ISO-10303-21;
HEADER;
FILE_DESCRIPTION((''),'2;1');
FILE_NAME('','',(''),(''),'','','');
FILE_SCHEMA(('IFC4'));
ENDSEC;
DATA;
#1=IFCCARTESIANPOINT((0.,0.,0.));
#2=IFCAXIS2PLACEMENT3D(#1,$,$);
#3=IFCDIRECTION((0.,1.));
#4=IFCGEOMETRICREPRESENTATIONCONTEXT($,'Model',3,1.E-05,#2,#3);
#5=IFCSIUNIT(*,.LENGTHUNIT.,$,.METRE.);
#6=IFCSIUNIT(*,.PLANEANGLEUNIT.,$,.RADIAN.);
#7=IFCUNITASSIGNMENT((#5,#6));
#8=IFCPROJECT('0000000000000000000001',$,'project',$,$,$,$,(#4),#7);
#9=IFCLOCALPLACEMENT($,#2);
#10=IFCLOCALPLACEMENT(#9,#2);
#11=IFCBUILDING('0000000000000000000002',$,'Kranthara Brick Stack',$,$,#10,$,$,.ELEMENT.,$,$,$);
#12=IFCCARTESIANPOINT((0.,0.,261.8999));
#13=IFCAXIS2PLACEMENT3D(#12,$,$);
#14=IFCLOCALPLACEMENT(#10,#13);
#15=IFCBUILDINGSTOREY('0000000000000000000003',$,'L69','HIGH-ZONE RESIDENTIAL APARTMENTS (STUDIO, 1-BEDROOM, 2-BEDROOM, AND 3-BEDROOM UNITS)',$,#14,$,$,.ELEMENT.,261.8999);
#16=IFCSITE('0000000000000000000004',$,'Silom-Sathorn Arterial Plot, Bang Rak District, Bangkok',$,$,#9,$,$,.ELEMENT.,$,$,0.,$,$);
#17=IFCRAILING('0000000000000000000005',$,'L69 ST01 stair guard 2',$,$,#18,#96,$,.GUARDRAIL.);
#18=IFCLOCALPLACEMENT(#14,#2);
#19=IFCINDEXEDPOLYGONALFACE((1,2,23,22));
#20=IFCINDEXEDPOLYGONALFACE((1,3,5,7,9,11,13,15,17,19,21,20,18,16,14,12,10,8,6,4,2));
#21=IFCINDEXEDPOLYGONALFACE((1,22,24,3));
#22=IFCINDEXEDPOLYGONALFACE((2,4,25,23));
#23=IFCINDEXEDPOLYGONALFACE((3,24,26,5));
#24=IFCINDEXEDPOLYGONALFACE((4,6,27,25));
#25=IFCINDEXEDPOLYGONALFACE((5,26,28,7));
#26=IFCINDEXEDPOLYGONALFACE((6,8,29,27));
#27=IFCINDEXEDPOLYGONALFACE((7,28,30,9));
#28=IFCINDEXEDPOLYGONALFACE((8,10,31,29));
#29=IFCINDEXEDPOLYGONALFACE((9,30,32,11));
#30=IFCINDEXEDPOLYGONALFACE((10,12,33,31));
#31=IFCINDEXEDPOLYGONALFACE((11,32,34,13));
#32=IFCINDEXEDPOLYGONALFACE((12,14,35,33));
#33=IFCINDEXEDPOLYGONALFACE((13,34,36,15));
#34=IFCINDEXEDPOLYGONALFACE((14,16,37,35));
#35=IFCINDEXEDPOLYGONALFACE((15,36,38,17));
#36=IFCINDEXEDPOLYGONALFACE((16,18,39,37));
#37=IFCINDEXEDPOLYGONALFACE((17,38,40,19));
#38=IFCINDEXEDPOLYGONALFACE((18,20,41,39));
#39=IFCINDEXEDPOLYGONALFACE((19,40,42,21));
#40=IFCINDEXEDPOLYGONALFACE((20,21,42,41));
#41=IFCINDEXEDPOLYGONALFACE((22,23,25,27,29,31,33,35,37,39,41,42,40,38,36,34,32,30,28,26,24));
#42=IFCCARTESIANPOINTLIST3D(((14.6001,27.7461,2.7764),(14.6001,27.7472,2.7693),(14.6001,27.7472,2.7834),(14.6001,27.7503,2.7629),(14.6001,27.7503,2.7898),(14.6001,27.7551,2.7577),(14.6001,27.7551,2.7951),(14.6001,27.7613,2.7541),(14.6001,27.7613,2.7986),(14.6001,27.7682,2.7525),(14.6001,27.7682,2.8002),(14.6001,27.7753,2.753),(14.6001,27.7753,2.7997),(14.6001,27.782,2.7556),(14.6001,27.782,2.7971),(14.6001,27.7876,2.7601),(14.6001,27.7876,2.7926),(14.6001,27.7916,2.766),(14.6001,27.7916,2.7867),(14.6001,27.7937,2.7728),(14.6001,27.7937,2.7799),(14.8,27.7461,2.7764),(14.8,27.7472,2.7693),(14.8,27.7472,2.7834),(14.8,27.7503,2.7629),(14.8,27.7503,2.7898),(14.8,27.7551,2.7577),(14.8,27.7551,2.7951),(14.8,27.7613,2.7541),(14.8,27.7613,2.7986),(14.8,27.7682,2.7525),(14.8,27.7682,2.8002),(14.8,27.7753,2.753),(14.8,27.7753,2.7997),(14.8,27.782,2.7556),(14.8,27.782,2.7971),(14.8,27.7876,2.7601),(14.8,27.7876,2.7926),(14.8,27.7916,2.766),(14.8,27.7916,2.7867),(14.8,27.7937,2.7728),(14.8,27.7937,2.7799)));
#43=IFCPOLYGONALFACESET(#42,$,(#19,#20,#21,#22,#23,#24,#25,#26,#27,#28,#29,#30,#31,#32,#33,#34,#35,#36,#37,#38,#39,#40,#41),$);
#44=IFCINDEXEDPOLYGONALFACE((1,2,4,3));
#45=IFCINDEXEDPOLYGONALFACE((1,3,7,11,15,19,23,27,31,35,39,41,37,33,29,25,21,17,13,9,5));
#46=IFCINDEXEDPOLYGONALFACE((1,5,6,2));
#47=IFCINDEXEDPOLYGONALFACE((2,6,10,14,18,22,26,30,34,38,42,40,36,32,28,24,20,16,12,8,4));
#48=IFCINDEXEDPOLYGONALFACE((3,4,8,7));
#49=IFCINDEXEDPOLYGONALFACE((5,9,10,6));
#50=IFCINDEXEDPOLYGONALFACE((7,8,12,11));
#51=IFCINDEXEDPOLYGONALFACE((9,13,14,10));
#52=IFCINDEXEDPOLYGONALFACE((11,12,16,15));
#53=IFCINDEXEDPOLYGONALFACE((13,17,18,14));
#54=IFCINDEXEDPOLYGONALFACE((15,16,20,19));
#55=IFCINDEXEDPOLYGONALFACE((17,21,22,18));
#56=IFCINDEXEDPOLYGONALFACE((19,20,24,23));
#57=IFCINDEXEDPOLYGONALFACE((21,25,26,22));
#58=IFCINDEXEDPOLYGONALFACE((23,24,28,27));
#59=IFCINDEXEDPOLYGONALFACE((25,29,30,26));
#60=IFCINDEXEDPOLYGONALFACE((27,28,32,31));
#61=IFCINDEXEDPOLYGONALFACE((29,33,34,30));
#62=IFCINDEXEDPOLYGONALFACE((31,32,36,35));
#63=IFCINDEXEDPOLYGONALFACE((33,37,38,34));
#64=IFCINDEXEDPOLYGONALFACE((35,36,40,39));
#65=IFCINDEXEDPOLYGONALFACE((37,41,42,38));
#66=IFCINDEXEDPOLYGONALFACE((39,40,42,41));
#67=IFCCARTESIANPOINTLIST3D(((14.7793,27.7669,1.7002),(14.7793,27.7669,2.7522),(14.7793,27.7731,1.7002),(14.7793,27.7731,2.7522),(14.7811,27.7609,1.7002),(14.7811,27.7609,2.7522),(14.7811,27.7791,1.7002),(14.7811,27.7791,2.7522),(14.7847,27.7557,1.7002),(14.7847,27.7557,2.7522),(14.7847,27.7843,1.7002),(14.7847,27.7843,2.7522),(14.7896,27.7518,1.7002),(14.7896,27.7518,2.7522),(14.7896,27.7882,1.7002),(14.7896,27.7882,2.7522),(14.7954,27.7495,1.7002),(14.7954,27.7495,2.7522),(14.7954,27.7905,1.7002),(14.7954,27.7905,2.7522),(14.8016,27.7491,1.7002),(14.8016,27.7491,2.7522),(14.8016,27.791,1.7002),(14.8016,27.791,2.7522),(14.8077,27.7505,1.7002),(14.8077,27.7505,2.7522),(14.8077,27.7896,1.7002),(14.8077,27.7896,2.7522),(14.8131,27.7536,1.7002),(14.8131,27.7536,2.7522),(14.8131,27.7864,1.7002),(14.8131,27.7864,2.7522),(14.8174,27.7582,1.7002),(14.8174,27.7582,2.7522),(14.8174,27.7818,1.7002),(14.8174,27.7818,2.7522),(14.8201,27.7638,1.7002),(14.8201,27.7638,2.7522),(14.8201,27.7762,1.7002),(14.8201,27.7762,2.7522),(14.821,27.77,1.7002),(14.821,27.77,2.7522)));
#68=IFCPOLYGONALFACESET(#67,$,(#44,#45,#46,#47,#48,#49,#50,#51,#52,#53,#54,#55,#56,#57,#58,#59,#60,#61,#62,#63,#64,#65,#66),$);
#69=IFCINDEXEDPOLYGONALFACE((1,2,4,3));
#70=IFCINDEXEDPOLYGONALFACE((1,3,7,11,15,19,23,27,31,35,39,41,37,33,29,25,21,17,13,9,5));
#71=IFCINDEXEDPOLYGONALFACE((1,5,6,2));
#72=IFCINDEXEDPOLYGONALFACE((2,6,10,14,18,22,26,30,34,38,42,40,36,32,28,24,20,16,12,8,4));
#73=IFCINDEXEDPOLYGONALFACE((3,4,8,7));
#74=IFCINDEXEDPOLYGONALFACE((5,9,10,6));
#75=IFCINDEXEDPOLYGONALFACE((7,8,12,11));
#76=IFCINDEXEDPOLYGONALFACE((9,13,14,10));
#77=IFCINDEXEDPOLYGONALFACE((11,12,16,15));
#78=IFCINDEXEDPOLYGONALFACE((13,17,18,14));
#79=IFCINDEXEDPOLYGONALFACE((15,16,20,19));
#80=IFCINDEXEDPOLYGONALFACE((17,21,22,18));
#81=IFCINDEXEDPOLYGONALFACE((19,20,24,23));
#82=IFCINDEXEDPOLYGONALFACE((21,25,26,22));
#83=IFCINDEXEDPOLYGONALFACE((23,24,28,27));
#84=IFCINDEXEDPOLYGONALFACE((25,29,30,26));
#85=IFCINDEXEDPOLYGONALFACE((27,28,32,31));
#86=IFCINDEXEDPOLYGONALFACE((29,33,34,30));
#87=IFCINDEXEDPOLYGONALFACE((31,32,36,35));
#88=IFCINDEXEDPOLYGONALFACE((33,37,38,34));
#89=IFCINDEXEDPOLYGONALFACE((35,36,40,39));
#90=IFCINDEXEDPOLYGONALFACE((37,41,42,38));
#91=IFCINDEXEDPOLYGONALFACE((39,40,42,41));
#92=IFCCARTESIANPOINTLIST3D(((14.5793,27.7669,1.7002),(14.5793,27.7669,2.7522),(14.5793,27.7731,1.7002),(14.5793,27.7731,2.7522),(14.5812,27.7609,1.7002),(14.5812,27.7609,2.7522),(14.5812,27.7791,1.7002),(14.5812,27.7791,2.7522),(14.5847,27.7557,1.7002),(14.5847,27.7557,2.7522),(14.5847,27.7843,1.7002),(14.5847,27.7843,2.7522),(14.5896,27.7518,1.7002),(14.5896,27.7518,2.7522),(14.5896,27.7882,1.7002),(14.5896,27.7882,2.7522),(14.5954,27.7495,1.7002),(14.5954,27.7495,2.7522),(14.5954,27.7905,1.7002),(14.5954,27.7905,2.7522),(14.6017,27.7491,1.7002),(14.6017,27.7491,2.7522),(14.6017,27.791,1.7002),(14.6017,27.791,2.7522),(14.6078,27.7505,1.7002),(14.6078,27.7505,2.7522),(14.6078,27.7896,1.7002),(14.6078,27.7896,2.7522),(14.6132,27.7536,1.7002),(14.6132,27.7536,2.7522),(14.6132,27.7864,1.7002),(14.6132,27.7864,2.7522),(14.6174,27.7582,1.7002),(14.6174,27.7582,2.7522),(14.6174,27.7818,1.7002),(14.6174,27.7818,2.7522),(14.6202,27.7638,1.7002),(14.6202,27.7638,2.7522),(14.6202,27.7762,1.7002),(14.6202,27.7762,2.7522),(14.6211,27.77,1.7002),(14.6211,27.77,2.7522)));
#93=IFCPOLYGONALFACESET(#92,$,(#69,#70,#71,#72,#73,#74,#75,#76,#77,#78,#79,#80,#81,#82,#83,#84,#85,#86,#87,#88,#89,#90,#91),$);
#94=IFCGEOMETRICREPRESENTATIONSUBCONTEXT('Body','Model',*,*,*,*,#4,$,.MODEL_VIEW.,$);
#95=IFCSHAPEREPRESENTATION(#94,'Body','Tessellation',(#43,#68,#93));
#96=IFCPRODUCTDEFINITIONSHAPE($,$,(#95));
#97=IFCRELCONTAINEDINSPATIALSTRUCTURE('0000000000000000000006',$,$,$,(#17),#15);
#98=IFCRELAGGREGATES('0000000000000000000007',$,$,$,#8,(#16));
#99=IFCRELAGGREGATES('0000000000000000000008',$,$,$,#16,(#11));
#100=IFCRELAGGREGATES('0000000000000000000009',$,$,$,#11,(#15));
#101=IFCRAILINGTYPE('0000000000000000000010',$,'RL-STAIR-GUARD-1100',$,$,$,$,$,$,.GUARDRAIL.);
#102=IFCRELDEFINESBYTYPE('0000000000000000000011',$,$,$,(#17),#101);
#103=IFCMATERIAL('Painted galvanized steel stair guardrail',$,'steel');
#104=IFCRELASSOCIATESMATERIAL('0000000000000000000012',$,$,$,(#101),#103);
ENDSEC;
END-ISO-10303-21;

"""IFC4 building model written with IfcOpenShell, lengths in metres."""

from ifc_helpers import new_model, si_unit, direction, frame, origin, origin_2d, place, context, subcontext, project, spatial, circle, extrude, material, type_object, element, save


model = new_model("IFC4")

# Units and contexts
model_context = context("Model", 3, precision=1e-05, world=origin(), true_north=direction((0.0, 1.0)))
body_context = subcontext(model_context, "Body", "Model", "MODEL_VIEW")
ifc_project = project(units=[si_unit("LENGTHUNIT", "METRE"), si_unit("PLANEANGLEUNIT", "RADIAN")], contexts=[model_context])

# Site, building, storey
site_placement = place(None, origin())
site = spatial("IfcSite", under=ifc_project, at=site_placement, Name="Silom-Sathorn Arterial Plot, Bang Rak District, Bangkok", CompositionType="ELEMENT", RefElevation=0.0)
building_placement = place(site_placement, origin())
building = spatial("IfcBuilding", under=site, at=building_placement, Name="Kranthara Brick Stack", CompositionType="ELEMENT")
storey_placement = place(building_placement, frame((0.0, 0.0, 261.8999)))
storey = spatial("IfcBuildingStorey", under=building, at=storey_placement, Name="L69", Description="HIGH-ZONE RESIDENTIAL APARTMENTS (STUDIO, 1-BEDROOM, 2-BEDROOM, AND 3-BEDROOM UNITS)", CompositionType="ELEMENT", Elevation=261.8999)

# Railing
ifc_material_1 = material(Name="Painted galvanized steel stair guardrail", Category="steel")
railing_type_1 = type_object("IfcRailingType", Name="RL-STAIR-GUARD-1100", PredefinedType="GUARDRAIL", material=ifc_material_1)
railing_1_placement = place(storey_placement, frame((14.8, 27.77, 1.7002)))
element("IfcRailing", 1, at=railing_1_placement, inside=storey, type_object=railing_type_1, Name="L69 ST01 stair guard 2", PredefinedType="GUARDRAIL", context=body_context, shape_type="SweptSolid", body=[
    extrude(circle(Radius=0.0239, at=origin_2d()), frame((0.0, 0.0, 1.0762), z_axis=(-1.0, 0.0, 0.0), x_axis=(0.0, -1.0, 0.0)), (0.0, 0.0, 1.0), 0.2),
    extrude(circle(Radius=0.021, at=origin_2d()), origin(), (0.0, 0.0, 1.0), 1.052),
    extrude(circle(Radius=0.021, at=origin_2d()), frame((-0.2, 0.0, 0.0)), (0.0, 0.0, 1.0), 1.052),
])

save(model, "model.ifc")
